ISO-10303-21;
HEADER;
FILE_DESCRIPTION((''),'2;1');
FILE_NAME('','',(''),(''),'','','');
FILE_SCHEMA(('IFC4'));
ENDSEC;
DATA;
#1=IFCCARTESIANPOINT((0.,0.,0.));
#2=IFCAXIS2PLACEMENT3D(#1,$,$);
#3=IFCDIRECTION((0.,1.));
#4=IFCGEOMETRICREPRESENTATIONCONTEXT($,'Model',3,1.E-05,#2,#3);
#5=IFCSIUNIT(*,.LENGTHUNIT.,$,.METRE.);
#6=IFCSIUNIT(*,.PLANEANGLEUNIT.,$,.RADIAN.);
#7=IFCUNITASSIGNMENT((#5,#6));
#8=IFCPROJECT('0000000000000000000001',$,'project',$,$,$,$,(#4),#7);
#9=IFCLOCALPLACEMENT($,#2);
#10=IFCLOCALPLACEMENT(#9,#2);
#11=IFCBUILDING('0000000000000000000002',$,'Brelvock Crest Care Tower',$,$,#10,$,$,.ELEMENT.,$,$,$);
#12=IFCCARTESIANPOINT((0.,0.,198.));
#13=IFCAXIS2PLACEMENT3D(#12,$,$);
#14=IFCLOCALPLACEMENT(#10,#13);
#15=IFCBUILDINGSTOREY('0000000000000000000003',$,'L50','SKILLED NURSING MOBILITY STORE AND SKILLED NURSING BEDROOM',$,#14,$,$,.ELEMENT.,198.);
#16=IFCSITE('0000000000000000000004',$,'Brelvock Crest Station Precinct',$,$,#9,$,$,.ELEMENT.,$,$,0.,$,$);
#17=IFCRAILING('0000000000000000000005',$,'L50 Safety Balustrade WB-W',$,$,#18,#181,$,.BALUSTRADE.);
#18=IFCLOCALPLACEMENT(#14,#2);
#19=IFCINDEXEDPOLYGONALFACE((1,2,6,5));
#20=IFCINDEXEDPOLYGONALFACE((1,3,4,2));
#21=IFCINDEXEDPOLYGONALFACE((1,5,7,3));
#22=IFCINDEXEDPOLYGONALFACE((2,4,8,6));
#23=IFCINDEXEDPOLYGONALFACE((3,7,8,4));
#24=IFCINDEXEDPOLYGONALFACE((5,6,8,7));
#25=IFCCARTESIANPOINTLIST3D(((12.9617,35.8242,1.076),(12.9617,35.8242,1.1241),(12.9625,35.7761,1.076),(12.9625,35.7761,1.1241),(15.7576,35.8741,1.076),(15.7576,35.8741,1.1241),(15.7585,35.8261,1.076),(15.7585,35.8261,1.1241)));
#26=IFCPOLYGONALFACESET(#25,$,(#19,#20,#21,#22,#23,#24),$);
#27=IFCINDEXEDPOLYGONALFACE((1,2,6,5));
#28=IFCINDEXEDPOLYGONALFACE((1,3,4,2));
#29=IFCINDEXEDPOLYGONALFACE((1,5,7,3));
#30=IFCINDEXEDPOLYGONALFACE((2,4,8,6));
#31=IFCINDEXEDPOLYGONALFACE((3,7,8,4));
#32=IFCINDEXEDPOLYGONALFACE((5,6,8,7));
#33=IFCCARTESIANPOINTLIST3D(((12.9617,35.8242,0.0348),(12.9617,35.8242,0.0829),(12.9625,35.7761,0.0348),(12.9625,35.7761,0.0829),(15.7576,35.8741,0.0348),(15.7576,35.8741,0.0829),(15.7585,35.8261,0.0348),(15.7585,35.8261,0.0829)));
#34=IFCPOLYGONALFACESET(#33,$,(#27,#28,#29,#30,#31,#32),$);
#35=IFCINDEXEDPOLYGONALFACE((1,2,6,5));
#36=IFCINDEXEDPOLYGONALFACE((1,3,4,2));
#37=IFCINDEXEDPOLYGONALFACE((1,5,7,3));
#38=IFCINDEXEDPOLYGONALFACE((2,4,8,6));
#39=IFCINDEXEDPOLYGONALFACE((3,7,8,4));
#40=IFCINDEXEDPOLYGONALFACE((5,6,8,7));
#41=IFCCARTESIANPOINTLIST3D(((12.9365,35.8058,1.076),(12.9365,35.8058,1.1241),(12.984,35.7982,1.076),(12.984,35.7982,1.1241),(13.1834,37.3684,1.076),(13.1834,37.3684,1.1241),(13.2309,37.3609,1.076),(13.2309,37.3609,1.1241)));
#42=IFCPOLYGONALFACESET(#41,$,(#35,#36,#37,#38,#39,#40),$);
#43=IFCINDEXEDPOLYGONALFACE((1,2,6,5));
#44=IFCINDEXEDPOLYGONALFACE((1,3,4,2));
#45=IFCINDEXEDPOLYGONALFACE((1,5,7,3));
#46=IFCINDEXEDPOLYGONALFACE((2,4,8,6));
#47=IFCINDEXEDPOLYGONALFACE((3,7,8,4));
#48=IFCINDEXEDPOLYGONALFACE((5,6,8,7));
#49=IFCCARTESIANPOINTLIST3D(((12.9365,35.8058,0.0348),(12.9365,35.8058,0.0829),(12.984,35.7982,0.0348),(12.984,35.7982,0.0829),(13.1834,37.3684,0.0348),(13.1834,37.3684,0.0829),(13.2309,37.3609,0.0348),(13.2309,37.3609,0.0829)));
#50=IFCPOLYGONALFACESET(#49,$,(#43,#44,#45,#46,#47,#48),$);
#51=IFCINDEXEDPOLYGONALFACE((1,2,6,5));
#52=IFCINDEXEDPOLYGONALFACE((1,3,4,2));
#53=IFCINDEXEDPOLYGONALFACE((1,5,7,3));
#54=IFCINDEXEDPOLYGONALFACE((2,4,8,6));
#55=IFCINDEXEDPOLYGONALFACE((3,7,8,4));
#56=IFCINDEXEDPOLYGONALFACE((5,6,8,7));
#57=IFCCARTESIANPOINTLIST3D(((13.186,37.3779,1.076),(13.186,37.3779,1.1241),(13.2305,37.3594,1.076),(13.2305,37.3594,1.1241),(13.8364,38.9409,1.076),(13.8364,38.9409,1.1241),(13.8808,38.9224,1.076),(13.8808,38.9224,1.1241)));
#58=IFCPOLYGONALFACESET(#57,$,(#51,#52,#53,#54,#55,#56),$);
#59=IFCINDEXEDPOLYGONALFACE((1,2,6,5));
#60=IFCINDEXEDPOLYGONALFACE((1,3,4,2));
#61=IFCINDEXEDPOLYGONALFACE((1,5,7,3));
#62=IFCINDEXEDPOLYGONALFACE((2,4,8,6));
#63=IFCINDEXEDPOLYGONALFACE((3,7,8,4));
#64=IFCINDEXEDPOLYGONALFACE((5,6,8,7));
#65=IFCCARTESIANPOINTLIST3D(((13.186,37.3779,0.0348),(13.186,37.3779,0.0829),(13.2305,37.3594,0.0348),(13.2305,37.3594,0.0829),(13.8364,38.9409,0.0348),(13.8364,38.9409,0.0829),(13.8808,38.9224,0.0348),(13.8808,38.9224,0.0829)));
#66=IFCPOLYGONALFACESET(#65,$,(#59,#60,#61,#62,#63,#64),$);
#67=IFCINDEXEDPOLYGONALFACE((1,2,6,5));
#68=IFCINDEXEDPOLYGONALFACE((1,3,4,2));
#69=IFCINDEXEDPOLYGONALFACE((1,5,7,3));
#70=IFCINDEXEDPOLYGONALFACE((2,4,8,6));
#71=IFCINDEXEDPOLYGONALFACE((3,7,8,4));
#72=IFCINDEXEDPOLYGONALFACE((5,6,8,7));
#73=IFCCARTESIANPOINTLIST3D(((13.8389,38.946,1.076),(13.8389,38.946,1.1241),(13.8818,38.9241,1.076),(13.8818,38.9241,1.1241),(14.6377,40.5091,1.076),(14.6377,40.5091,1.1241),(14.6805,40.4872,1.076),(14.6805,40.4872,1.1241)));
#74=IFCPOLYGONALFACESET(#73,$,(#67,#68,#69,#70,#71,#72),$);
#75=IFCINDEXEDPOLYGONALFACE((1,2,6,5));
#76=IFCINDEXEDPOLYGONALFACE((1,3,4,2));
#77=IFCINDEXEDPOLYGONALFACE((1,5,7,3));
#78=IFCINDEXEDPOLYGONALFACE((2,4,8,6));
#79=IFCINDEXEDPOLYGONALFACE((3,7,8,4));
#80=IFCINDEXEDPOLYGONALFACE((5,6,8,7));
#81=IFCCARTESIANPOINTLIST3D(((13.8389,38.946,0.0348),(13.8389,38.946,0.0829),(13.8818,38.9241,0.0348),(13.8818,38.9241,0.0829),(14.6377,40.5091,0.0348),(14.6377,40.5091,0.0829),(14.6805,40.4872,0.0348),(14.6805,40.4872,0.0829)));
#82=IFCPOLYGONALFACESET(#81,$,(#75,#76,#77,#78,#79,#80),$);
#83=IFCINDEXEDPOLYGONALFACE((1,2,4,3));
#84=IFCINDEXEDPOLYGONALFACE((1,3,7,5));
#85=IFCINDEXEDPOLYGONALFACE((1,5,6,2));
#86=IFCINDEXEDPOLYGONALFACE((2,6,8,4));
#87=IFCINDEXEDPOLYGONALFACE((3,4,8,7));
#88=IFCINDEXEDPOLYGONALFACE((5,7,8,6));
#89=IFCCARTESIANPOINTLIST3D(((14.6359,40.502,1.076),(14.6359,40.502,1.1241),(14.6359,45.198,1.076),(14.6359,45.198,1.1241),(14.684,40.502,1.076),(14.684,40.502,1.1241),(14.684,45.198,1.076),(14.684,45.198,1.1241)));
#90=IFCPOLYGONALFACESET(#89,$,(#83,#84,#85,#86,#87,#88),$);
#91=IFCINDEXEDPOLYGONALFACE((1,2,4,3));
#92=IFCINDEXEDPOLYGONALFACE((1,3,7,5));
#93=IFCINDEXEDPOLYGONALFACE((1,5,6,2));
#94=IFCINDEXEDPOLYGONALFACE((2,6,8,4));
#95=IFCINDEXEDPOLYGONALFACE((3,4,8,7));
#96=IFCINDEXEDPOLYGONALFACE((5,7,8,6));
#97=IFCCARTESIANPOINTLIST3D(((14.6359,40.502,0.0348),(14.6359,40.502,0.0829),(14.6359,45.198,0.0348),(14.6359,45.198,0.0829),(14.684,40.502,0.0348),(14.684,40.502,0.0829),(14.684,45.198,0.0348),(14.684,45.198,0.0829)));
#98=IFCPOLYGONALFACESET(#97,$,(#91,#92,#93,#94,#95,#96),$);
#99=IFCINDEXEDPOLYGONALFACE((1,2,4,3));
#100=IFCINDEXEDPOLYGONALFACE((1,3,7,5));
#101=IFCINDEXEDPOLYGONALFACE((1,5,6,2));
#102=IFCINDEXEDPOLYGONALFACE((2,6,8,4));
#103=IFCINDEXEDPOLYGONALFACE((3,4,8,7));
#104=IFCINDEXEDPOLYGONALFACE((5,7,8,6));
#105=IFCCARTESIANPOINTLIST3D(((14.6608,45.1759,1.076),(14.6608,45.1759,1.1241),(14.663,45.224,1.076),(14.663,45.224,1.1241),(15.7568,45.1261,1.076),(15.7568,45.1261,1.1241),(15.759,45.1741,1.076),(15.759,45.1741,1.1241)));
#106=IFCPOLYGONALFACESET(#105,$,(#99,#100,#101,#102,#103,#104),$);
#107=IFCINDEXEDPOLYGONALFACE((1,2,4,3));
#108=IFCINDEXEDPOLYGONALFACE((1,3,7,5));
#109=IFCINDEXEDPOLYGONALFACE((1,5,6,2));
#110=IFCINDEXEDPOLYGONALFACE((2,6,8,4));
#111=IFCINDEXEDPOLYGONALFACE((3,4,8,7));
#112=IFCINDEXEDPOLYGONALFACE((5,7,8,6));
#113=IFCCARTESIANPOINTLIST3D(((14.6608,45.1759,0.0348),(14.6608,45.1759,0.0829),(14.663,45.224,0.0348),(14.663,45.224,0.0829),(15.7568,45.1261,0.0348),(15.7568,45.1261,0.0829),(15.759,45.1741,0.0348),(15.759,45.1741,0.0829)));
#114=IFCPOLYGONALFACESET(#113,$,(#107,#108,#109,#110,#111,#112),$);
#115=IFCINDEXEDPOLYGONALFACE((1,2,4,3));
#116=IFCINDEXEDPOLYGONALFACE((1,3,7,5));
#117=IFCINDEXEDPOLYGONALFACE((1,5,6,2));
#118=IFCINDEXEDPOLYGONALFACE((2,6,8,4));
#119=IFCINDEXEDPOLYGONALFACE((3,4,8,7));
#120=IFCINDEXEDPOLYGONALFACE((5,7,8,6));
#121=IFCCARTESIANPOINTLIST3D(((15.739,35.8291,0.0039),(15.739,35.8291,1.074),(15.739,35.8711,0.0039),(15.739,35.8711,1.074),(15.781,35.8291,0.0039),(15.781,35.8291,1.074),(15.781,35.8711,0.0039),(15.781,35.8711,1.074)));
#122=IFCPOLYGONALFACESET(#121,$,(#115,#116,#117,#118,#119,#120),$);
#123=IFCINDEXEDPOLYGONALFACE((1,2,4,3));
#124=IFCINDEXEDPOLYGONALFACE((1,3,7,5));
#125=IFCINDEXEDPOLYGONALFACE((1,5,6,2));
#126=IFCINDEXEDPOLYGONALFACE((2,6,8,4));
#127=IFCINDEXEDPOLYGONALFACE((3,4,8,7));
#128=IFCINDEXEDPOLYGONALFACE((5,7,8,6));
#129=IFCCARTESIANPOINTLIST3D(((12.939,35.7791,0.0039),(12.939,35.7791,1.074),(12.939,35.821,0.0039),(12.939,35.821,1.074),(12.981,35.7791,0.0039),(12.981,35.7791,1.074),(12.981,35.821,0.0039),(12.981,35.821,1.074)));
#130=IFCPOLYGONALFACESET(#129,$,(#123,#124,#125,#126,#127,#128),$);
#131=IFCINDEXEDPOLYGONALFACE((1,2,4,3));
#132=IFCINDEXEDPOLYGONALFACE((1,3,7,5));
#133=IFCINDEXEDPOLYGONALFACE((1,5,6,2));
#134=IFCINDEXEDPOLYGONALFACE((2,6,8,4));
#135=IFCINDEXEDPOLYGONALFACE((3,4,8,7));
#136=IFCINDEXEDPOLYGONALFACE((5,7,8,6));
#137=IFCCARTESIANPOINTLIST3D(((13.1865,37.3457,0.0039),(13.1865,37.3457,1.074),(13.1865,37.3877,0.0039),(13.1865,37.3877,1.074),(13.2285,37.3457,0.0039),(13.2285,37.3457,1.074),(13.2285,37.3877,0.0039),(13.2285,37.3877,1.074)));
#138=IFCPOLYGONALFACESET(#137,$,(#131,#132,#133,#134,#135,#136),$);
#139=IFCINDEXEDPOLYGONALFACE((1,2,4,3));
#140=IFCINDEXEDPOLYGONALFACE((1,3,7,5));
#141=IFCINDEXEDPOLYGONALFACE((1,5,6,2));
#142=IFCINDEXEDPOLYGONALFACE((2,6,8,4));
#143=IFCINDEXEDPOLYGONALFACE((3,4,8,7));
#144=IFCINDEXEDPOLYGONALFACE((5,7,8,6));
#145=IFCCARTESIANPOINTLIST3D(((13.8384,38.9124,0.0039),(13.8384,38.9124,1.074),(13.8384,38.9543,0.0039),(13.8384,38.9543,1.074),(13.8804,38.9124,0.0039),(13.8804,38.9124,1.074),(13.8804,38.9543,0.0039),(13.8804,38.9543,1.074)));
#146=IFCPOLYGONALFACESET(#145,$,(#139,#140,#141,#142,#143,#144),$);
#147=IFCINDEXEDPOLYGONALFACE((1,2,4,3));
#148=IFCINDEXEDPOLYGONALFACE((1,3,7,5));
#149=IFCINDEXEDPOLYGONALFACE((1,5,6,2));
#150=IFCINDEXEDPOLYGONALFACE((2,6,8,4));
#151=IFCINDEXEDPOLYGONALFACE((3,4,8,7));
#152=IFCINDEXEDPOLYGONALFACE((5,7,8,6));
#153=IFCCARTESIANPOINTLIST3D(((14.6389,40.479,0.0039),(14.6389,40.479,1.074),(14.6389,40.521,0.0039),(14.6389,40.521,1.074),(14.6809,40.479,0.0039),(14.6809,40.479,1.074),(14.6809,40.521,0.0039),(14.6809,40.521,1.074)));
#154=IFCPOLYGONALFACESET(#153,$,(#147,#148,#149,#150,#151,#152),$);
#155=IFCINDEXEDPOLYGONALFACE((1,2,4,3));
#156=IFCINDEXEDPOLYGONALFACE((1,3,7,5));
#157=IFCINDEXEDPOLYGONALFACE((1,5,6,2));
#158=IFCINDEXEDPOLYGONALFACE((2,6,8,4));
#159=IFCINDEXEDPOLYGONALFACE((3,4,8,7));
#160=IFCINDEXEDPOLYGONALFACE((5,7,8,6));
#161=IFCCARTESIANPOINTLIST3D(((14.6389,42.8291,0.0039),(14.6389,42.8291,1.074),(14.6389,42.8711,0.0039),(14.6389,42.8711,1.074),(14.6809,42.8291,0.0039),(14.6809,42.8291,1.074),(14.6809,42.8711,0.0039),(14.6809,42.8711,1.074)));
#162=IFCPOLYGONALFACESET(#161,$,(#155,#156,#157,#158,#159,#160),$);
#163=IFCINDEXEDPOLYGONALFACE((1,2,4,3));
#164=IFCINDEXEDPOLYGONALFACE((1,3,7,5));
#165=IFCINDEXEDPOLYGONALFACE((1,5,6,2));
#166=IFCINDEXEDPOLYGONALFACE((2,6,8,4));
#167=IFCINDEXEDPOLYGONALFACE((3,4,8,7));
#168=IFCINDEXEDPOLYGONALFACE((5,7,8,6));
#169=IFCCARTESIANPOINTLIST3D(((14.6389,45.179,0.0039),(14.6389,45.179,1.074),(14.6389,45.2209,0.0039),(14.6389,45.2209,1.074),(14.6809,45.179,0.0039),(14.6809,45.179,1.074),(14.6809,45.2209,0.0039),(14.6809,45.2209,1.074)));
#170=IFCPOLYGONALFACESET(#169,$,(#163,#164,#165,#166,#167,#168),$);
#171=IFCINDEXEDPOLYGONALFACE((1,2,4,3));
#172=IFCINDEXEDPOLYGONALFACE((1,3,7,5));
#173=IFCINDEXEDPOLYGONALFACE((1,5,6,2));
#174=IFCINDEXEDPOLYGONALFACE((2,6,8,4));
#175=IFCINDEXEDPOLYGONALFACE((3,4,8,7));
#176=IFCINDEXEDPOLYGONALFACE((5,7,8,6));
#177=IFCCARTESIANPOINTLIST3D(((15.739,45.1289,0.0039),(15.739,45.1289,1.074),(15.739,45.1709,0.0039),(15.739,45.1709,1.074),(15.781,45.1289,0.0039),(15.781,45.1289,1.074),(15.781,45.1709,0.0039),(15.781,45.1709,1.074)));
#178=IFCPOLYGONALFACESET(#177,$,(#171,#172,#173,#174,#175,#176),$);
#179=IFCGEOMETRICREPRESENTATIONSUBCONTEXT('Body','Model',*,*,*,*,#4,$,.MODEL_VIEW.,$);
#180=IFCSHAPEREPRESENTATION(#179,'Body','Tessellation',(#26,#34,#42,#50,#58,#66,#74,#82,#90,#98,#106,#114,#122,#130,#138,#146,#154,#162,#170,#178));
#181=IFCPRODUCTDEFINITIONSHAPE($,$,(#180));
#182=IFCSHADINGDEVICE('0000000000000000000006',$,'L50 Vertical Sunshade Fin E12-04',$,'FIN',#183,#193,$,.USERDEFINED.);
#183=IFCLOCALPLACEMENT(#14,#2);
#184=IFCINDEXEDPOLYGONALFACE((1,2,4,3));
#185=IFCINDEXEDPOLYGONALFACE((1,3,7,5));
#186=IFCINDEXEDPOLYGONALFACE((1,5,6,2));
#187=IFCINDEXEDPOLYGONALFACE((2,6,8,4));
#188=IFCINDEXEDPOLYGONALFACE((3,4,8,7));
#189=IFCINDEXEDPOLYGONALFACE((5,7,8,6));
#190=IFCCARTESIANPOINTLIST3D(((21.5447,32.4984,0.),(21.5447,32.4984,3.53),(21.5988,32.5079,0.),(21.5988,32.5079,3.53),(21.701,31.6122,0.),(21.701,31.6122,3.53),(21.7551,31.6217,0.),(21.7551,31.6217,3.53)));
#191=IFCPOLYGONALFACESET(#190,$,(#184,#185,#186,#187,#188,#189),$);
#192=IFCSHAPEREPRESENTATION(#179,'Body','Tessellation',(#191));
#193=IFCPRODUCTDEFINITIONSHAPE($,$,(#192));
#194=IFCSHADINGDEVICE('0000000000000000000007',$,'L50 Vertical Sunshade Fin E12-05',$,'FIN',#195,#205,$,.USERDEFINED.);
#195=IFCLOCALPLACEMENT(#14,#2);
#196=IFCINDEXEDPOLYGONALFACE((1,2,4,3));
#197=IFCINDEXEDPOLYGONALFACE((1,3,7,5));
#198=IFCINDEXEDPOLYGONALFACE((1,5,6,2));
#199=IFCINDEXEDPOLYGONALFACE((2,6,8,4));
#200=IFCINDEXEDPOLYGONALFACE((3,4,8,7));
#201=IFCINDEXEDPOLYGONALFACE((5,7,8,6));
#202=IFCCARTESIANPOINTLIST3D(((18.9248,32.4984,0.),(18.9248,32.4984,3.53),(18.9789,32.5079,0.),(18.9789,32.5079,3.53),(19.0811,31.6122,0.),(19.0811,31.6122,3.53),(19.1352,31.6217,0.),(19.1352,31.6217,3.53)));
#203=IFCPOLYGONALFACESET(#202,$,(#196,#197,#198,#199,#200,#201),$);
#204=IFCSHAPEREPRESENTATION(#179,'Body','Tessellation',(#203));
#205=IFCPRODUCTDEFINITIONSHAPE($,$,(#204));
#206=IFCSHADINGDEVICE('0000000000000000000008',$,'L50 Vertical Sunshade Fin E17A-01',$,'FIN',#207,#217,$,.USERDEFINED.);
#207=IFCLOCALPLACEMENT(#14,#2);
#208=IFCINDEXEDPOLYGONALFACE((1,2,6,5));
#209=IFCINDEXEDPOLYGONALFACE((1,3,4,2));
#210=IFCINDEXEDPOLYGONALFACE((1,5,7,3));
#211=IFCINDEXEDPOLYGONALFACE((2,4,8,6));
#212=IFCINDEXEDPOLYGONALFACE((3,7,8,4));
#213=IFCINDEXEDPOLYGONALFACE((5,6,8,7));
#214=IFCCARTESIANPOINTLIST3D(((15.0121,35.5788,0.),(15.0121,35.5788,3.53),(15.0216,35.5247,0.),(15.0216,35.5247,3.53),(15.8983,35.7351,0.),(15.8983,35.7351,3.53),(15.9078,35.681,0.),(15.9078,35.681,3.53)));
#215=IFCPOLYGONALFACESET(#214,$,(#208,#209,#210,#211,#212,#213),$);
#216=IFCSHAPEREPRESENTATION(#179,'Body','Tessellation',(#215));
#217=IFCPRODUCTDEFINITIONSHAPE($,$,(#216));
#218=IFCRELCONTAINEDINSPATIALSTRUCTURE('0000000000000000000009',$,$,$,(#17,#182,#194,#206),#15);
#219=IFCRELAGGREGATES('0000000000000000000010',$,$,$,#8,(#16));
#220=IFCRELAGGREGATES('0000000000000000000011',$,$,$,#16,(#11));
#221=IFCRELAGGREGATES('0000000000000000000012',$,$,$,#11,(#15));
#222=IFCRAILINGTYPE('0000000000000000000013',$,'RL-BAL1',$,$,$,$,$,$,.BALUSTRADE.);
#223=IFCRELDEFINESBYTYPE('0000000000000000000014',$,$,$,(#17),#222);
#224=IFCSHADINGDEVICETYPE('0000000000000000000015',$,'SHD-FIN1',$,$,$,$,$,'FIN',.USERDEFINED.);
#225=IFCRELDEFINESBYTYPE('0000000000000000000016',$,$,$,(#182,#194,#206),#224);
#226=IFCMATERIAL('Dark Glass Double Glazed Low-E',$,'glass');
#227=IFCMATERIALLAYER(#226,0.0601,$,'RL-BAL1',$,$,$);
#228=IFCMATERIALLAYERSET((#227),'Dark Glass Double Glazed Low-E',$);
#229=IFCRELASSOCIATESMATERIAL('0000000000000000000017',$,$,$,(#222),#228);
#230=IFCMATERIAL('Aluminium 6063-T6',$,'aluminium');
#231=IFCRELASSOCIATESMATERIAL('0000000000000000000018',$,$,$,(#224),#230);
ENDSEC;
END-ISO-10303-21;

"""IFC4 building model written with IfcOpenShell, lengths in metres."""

from ifc_helpers import new_model, si_unit, direction, frame, origin, origin_2d, place, context, subcontext, project, spatial, rectangle, extrude, source, transform, mapped, material, layer, layer_set, material_profile, profile_set, type_object, element, save


model = new_model("IFC4")

# Units and contexts
model_context = context("Model", 3, precision=1e-05, world=origin(), true_north=direction((0.0, 1.0)))
body_context = subcontext(model_context, "Body", "Model", "MODEL_VIEW")
ifc_project = project(units=[si_unit("LENGTHUNIT", "METRE"), si_unit("PLANEANGLEUNIT", "RADIAN")], contexts=[model_context])

# Site, building, storey
site_placement = place(None, origin())
site = spatial("IfcSite", under=ifc_project, at=site_placement, Name="Brelvock Crest Station Precinct", CompositionType="ELEMENT", RefElevation=0.0)
building_placement = place(site_placement, origin())
building = spatial("IfcBuilding", under=site, at=building_placement, Name="Brelvock Crest Care Tower", CompositionType="ELEMENT")
storey_placement = place(building_placement, frame((0.0, 0.0, 198.0)))
storey = spatial("IfcBuildingStorey", under=building, at=storey_placement, Name="L50", Description="SKILLED NURSING MOBILITY STORE AND SKILLED NURSING BEDROOM", CompositionType="ELEMENT", Elevation=198.0)

# Shared definitions
ifc_material_1 = material(Name="Dark Glass Double Glazed Low-E", Category="glass")
ifc_material_2 = material(Name="Aluminium 6063-T6", Category="aluminium")

# Railing
ifc_layer_1 = layer(ifc_material_1, 0.0601, Name="RL-BAL1")
ifc_layer_set_1 = layer_set([ifc_layer_1], Name="Dark Glass Double Glazed Low-E")
railing_type = type_object("IfcRailingType", Name="RL-BAL1", PredefinedType="BALUSTRADE", material=ifc_layer_set_1)
railing_placement = place(storey_placement, frame((15.76, 35.8501, 0.0039)))
element("IfcRailing", 1, at=railing_placement, inside=storey, type_object=railing_type, Name="L50 Safety Balustrade WB-W", PredefinedType="BALUSTRADE", context=body_context, shape_type="SweptSolid", body=[
    extrude(rectangle(XDim=0.0481, YDim=0.0481, at=origin_2d()), frame((-0.002, 0.0, 1.0962), z_axis=(-0.99984, -0.017871, 0.0), x_axis=(0.017871, -0.99984, 0.0)), (0.0, 0.0, 1.0), 2.7964),
    extrude(rectangle(XDim=0.0481, YDim=0.0481, at=origin_2d()), frame((-0.002, 0.0, 0.0549), z_axis=(-0.99984, -0.017871, 0.0), x_axis=(0.017871, -0.99984, 0.0)), (0.0, 0.0, 1.0), 2.7964),
    extrude(rectangle(XDim=0.0481, YDim=0.0481, at=origin_2d()), frame((-2.7998, -0.0481, 1.0962), z_axis=(0.156081, 0.987744, 0.0), x_axis=(-0.987744, 0.156081, 0.0)), (0.0, 0.0, 1.0), 1.582),
    extrude(rectangle(XDim=0.0481, YDim=0.0481, at=origin_2d()), frame((-2.7998, -0.0481, 0.0549), z_axis=(0.156081, 0.987744, 0.0), x_axis=(-0.987744, 0.156081, 0.0)), (0.0, 0.0, 1.0), 1.582),
    extrude(rectangle(XDim=0.0481, YDim=0.0481, at=origin_2d()), frame((-2.5518, 1.5186, 1.0962), z_axis=(0.384156, 0.923268, 0.0), x_axis=(-0.923268, 0.384156, 0.0)), (0.0, 0.0, 1.0), 1.6929),
    extrude(rectangle(XDim=0.0481, YDim=0.0481, at=origin_2d()), frame((-2.5518, 1.5186, 0.0549), z_axis=(0.384156, 0.923268, 0.0), x_axis=(-0.923268, 0.384156, 0.0)), (0.0, 0.0, 1.0), 1.6929),
    extrude(rectangle(XDim=0.0481, YDim=0.0481, at=origin_2d()), frame((-1.8997, 3.085, 1.0962), z_axis=(0.455023, 0.89048, 0.0), x_axis=(-0.89048, 0.455023, 0.0)), (0.0, 0.0, 1.0), 1.7554),
    extrude(rectangle(XDim=0.0481, YDim=0.0481, at=origin_2d()), frame((-1.8997, 3.085, 0.0549), z_axis=(0.455023, 0.89048, 0.0), x_axis=(-0.89048, 0.455023, 0.0)), (0.0, 0.0, 1.0), 1.7554),
    extrude(rectangle(XDim=0.0481, YDim=0.0481, at=origin_2d()), frame((-1.1001, 4.6519, 1.0962), z_axis=(0.0, 1.0, 0.0), x_axis=(-1.0, 0.0, 0.0)), (0.0, 0.0, 1.0), 4.696),
    extrude(rectangle(XDim=0.0481, YDim=0.0481, at=origin_2d()), frame((-1.1001, 4.6519, 0.0549), z_axis=(0.0, 1.0, 0.0), x_axis=(-1.0, 0.0, 0.0)), (0.0, 0.0, 1.0), 4.696),
    extrude(rectangle(XDim=0.0481, YDim=0.0481, at=origin_2d()), frame((-1.0981, 9.3499, 1.0962), z_axis=(0.998967, -0.045448, 0.0), x_axis=(0.045448, 0.998967, 0.0)), (0.0, 0.0, 1.0), 1.0972),
    extrude(rectangle(XDim=0.0481, YDim=0.0481, at=origin_2d()), frame((-1.0981, 9.3499, 0.0549), z_axis=(0.998967, -0.045448, 0.0), x_axis=(0.045448, 0.998967, 0.0)), (0.0, 0.0, 1.0), 1.0972),
    extrude(rectangle(XDim=0.042, YDim=0.042, at=origin_2d()), origin(), (0.0, 0.0, 1.0), 1.0701),
    extrude(rectangle(XDim=0.042, YDim=0.042, at=origin_2d()), frame((-2.8, -0.05, 0.0)), (0.0, 0.0, 1.0), 1.0701),
    extrude(rectangle(XDim=0.042, YDim=0.042, at=origin_2d()), frame((-2.5525, 1.5166, 0.0)), (0.0, 0.0, 1.0), 1.0701),
    extrude(rectangle(XDim=0.042, YDim=0.042, at=origin_2d()), frame((-1.9006, 3.0833, 0.0)), (0.0, 0.0, 1.0), 1.0701),
    extrude(rectangle(XDim=0.042, YDim=0.042, at=origin_2d()), frame((-1.1001, 4.6499, 0.0)), (0.0, 0.0, 1.0), 1.0701),
    extrude(rectangle(XDim=0.042, YDim=0.042, at=origin_2d()), frame((-1.1001, 7.0, 0.0)), (0.0, 0.0, 1.0), 1.0701),
    extrude(rectangle(XDim=0.042, YDim=0.042, at=origin_2d()), frame((-1.1001, 9.3499, 0.0)), (0.0, 0.0, 1.0), 1.0701),
    extrude(rectangle(XDim=0.042, YDim=0.042, at=origin_2d()), frame((0.0, 9.2998, 0.0)), (0.0, 0.0, 1.0), 1.0701),
])

# Shading devices
ifc_material_profile_1 = material_profile(ifc_material_2, rectangle(XDim=0.0549, YDim=0.8999, at=origin_2d()), Name="FIN55x900")
ifc_profile_set_1 = profile_set([ifc_material_profile_1], Name="Aluminium 6063-T6")
shading_device_type = type_object("IfcShadingDeviceType", Name="SHD-FIN1", ElementType="FIN", PredefinedType="USERDEFINED", material=ifc_profile_set_1)
shared_shape_1 = source(origin(), body_context, "Body", "SweptSolid", [
    extrude(rectangle(XDim=0.0549, YDim=0.8999, at=origin_2d()), origin(), (0.0, 0.0, 1.0), 3.53),
])
for number, where, z_axis, x_axis, name in (
    (2, (21.6499, 32.0601, 0.0), (0.0, 0.0, 1.0), (-0.984808, -0.173648, 0.0), "L50 Vertical Sunshade Fin E12-04"),
    (3, (19.03, 32.0601, 0.0), (0.0, 0.0, 1.0), (-0.984808, -0.173648, 0.0), "L50 Vertical Sunshade Fin E12-05"),
    (4, (15.46, 35.6299, 0.0), (0.0, 0.0, 1.0), (-0.173648, 0.984808, 0.0), "L50 Vertical Sunshade Fin E17A-01"),
):
    element("IfcShadingDevice", number, at=place(storey_placement, frame(where, z_axis=z_axis, x_axis=x_axis)), inside=storey, type_object=shading_device_type, Name=name, ObjectType="FIN", PredefinedType="USERDEFINED", context=body_context, shape_type="MappedRepresentation", body=[
        mapped(shared_shape_1, transform((0.0, 0.0, 0.0), x_axis=(1.0, 0.0, 0.0), y_axis=(0.0, 1.0, 0.0), z_axis=(0.0, 0.0, 1.0), scale=1.0)),
    ])

save(model, "model.ifc")
